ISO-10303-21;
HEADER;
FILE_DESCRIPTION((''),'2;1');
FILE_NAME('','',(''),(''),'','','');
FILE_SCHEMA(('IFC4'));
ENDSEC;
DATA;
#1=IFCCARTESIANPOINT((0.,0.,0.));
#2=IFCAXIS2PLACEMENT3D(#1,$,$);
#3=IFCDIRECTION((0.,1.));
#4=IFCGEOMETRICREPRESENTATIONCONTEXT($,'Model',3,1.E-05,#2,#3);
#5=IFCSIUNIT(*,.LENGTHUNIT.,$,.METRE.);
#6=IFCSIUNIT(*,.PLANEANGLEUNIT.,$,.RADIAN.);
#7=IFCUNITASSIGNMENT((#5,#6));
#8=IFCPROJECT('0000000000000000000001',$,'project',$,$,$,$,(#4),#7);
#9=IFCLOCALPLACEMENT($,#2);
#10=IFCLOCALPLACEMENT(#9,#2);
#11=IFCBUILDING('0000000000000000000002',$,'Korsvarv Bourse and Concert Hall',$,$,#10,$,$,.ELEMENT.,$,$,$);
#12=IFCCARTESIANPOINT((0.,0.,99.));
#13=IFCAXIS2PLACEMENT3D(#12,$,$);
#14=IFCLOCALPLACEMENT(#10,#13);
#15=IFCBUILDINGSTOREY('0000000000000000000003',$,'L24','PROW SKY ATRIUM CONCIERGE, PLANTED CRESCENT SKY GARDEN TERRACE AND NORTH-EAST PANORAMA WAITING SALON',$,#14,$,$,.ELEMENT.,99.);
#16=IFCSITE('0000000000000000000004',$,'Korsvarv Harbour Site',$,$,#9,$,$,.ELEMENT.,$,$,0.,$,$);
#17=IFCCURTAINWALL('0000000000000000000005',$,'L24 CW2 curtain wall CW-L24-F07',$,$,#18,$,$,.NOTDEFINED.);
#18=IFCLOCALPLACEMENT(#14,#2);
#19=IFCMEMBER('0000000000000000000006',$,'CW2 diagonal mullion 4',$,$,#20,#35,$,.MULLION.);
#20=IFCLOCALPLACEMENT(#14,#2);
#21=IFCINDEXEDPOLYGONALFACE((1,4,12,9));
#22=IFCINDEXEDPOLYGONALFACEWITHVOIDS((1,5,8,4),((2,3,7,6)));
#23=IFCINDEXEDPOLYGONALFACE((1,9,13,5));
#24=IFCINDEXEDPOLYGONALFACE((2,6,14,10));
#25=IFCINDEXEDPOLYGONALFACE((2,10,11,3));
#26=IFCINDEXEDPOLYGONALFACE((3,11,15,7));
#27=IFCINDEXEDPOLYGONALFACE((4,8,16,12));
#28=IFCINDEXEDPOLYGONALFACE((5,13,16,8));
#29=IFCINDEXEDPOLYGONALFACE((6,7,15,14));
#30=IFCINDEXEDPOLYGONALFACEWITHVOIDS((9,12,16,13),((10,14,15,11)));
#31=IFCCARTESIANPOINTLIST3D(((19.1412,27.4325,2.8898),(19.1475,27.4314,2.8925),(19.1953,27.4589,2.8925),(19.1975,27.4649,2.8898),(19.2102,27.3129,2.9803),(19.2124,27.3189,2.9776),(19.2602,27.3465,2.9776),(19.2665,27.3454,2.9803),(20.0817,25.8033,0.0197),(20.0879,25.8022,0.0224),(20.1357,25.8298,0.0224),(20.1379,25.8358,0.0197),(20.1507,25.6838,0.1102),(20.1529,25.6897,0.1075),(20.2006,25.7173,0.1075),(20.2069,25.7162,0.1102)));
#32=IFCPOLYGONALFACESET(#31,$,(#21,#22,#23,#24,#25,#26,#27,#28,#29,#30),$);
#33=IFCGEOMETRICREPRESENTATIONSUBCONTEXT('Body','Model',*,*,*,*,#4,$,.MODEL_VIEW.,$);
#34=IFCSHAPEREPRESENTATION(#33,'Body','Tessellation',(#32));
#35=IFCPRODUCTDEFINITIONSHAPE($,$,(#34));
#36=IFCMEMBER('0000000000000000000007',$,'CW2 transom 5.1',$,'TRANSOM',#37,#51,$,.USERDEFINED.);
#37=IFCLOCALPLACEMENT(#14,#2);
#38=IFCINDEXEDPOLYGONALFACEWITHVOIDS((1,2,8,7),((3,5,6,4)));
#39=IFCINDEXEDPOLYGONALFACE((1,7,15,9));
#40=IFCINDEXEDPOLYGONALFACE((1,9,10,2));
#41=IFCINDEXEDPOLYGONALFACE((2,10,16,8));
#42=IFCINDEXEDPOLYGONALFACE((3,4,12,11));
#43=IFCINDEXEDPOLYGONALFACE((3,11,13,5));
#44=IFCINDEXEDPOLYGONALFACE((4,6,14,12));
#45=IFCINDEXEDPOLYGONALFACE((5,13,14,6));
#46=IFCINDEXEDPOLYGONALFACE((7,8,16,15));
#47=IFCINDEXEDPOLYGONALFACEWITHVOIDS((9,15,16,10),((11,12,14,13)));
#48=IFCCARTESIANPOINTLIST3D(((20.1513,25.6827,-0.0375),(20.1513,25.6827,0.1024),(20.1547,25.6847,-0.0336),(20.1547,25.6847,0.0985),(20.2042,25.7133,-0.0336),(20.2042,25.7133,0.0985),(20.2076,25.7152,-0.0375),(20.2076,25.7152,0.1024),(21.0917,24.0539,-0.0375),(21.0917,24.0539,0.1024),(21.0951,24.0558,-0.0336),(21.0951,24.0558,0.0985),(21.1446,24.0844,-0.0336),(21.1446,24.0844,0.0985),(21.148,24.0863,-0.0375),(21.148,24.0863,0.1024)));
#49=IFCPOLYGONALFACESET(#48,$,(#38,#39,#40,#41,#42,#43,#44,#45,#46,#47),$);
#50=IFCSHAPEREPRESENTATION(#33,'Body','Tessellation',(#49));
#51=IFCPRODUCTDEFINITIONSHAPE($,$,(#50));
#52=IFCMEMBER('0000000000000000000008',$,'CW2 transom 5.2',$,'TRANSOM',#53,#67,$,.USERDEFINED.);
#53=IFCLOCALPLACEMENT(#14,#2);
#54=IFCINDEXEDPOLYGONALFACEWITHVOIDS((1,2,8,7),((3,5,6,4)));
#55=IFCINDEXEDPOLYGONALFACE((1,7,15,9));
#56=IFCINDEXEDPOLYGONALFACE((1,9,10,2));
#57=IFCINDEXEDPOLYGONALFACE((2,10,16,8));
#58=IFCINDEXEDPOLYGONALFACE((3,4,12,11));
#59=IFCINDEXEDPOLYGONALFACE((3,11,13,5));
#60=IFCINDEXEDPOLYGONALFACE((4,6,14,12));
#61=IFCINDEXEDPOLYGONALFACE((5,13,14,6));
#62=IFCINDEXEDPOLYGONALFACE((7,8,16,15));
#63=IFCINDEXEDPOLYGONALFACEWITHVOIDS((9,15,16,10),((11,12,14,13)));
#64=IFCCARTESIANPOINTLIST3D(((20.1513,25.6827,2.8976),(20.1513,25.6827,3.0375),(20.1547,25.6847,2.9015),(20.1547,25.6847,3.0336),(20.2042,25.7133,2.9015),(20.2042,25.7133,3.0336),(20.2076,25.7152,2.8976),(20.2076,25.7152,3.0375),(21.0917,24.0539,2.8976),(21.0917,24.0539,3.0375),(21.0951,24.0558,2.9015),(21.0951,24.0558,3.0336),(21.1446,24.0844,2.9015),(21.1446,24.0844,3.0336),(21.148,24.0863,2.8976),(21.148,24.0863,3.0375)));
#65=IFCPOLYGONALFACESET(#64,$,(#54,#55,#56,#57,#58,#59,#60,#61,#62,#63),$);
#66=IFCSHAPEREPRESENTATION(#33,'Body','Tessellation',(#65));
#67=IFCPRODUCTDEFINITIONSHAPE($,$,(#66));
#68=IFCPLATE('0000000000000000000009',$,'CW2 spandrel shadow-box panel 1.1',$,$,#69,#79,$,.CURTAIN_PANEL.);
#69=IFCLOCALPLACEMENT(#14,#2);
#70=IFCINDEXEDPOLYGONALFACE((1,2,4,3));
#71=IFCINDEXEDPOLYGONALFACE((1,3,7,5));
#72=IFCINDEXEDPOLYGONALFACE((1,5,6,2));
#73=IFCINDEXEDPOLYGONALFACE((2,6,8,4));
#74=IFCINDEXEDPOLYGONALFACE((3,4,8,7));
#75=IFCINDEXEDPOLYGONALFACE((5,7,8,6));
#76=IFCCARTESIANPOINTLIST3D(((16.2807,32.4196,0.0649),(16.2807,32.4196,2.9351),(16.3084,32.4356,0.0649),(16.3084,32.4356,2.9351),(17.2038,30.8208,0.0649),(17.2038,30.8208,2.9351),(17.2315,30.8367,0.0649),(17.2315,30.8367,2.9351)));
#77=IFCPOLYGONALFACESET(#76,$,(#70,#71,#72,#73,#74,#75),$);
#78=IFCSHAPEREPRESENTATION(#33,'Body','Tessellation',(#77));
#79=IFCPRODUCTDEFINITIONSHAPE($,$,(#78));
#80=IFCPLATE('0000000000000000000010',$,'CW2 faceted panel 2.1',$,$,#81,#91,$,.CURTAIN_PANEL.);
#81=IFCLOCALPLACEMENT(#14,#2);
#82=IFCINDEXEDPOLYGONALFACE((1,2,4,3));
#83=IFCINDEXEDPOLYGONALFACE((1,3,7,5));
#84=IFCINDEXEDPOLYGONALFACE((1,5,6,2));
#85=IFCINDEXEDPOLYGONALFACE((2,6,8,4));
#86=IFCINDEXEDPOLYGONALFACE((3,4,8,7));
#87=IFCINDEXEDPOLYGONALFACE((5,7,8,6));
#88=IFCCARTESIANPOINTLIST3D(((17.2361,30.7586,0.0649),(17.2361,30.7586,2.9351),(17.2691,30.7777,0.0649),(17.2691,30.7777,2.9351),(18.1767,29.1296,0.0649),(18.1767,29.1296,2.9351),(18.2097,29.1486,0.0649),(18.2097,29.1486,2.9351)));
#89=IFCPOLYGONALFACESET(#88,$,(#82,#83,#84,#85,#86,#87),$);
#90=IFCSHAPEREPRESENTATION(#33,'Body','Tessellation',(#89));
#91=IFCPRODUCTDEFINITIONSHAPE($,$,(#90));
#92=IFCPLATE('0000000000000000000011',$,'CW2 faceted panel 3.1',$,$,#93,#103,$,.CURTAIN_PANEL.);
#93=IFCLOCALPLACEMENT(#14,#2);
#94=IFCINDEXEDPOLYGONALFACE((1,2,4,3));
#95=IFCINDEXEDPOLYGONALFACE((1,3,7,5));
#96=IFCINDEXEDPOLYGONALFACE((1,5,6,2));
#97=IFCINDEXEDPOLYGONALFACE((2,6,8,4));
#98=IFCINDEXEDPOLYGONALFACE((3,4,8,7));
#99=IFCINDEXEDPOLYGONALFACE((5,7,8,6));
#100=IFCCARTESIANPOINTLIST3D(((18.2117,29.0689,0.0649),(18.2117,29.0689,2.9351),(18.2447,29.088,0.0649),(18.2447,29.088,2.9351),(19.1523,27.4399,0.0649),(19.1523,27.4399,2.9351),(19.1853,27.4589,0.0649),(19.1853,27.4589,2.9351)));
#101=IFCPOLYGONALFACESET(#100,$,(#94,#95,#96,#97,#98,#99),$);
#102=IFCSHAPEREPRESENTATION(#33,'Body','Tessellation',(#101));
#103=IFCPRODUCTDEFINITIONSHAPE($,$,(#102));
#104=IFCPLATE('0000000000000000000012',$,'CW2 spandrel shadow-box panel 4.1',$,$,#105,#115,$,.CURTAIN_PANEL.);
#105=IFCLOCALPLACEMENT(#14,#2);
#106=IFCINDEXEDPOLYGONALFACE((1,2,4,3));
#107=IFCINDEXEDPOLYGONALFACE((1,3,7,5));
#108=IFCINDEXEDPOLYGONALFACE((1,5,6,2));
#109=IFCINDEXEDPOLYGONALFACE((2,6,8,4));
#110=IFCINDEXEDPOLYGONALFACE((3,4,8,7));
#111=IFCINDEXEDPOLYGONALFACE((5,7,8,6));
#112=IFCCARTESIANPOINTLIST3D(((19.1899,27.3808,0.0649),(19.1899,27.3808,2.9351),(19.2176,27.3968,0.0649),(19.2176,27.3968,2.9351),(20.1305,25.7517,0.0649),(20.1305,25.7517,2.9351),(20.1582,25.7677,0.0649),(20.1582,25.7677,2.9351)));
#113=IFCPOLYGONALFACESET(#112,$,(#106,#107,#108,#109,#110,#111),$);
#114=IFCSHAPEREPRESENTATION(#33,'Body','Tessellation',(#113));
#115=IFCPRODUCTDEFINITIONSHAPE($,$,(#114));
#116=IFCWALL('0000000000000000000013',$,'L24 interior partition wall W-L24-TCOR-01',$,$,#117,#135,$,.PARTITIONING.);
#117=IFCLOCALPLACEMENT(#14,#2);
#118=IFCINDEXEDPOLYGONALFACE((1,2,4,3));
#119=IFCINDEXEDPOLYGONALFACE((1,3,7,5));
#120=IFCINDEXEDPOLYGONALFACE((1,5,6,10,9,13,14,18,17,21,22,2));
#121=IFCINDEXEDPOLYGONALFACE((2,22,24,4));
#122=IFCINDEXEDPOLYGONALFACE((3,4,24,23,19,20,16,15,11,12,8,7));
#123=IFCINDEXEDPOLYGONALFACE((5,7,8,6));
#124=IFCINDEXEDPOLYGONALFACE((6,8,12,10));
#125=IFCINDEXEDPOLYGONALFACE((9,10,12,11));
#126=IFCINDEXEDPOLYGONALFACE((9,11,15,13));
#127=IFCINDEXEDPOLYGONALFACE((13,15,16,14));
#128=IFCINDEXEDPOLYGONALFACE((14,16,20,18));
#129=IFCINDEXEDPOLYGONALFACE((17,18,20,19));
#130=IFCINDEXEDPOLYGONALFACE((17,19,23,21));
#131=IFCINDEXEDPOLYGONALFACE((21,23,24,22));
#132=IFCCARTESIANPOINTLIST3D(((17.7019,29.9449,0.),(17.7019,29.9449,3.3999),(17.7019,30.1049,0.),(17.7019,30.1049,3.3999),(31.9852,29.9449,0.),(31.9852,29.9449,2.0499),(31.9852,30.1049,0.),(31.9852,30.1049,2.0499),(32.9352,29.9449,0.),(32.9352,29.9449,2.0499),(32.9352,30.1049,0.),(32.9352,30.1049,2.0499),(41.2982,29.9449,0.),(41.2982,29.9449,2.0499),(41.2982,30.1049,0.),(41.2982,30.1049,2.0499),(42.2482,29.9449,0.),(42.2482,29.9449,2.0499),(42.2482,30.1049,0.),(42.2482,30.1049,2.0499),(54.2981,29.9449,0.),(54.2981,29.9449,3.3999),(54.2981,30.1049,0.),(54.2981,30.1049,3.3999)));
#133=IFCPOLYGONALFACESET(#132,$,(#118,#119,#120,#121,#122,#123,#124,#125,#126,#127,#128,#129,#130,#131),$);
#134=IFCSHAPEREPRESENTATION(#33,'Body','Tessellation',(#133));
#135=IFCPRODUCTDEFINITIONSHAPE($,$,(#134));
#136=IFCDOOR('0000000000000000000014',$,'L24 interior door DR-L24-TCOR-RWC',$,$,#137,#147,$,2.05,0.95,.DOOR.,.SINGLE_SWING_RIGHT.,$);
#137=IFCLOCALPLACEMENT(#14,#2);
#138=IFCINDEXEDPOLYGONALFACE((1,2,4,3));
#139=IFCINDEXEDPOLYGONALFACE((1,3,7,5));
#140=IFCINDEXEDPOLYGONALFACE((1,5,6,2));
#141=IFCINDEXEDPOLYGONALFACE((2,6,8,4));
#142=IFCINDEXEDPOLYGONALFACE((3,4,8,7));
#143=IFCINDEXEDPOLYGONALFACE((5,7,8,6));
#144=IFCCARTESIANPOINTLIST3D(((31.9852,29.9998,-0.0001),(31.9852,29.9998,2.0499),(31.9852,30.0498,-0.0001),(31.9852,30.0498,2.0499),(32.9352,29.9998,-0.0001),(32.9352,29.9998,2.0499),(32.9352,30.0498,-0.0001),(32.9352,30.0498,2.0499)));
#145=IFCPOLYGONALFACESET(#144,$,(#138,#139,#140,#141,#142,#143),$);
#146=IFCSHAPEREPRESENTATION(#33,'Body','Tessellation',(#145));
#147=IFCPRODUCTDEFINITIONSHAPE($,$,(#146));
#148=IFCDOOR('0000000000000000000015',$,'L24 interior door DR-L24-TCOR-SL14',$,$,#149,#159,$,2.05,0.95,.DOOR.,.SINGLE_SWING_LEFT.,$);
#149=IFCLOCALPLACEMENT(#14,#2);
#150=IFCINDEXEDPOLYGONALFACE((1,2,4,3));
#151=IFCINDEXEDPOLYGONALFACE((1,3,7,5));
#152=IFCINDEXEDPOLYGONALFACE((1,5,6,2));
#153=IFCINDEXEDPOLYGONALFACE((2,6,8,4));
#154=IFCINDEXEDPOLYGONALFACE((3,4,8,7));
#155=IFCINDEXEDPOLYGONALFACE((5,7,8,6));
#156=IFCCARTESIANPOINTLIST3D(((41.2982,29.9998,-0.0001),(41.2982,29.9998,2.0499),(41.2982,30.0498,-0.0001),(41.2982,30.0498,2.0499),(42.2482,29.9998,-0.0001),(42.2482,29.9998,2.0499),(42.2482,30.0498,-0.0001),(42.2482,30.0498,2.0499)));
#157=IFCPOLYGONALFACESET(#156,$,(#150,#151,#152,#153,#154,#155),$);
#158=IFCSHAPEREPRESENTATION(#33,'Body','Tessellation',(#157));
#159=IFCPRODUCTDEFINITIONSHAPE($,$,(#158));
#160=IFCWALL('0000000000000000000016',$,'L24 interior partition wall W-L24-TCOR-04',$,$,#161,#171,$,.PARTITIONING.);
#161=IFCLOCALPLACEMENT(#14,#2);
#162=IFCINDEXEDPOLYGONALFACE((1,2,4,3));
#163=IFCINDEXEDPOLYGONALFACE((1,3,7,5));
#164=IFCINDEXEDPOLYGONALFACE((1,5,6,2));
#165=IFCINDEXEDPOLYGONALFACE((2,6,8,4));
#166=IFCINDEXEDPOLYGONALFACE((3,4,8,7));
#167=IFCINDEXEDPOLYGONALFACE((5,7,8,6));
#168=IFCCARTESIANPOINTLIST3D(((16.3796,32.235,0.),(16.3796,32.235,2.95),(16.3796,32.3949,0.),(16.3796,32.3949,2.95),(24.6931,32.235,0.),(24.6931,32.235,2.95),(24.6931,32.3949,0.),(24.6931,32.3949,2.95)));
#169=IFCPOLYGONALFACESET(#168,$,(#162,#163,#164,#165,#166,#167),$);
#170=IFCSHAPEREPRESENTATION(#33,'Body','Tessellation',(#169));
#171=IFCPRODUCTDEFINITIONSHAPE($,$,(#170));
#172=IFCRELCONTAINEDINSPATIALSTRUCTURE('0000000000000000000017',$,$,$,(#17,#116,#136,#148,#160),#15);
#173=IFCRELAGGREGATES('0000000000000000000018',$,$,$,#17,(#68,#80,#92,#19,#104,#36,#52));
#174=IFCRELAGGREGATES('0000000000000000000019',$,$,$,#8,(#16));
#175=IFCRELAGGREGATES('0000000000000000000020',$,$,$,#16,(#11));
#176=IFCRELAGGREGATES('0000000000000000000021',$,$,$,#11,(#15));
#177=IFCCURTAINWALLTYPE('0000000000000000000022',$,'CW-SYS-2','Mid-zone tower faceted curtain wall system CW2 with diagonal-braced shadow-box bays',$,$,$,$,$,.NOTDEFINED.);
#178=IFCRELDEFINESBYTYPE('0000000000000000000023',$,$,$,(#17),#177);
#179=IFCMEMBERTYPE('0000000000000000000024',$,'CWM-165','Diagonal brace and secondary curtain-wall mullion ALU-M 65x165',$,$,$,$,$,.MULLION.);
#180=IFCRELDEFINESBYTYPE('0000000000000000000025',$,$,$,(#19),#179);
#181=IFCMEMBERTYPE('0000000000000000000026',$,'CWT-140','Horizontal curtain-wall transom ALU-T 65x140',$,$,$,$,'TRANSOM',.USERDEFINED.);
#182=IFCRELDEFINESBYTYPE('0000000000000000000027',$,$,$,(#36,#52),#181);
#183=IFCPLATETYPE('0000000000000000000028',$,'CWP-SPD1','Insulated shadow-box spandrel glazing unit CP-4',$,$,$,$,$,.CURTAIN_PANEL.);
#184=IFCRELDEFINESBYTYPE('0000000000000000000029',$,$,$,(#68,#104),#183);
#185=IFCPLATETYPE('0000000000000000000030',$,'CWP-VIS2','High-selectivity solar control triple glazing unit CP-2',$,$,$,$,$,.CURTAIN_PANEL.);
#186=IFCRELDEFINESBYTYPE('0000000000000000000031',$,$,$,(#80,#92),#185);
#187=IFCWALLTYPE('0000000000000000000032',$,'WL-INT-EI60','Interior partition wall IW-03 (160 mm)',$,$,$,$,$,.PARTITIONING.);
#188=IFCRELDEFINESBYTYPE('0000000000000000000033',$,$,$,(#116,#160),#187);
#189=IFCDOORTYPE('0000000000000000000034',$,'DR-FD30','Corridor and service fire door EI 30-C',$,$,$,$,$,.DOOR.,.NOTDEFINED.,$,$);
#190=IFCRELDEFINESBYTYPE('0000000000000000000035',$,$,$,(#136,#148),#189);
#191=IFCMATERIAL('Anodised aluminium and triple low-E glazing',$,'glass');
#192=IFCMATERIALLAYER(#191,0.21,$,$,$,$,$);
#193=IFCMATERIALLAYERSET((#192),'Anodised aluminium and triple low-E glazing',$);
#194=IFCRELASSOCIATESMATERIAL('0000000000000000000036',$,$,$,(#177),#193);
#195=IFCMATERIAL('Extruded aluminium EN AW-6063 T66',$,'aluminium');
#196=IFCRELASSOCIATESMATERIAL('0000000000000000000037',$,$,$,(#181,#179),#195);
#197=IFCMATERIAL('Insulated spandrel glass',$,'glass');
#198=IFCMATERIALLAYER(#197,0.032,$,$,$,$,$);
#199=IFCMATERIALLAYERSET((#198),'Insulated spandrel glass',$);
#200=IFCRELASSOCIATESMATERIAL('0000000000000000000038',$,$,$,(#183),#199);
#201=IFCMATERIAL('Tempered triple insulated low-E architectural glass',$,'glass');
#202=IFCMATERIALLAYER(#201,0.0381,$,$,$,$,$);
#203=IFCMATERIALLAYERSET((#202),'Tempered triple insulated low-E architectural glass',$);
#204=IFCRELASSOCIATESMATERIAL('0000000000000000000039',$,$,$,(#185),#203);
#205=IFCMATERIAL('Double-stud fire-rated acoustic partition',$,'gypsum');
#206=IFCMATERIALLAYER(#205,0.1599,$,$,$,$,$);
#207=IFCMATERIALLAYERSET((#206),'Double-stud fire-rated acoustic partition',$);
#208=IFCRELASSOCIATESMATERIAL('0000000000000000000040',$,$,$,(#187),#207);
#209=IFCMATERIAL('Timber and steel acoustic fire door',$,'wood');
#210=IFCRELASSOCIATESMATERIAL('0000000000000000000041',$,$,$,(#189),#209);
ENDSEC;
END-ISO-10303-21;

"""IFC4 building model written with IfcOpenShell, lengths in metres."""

from ifc_helpers import new_model, si_unit, direction, frame, frame_2d, origin, origin_2d, place, context, subcontext, project, spatial, rectangle, hollow_rectangle, extrude, source, transform, mapped, material, layer, layer_set, material_profile, profile_set, type_object, element, fill, aggregate, save


model = new_model("IFC4")

# Units and contexts
model_context = context("Model", 3, precision=1e-05, world=origin(), true_north=direction((0.0, 1.0)))
body_context = subcontext(model_context, "Body", "Model", "MODEL_VIEW")
ifc_project = project(units=[si_unit("LENGTHUNIT", "METRE"), si_unit("PLANEANGLEUNIT", "RADIAN")], contexts=[model_context])

# Site, building, storey
site_placement = place(None, origin())
site = spatial("IfcSite", under=ifc_project, at=site_placement, Name="Korsvarv Harbour Site", CompositionType="ELEMENT", RefElevation=0.0)
building_placement = place(site_placement, origin())
building = spatial("IfcBuilding", under=site, at=building_placement, Name="Korsvarv Bourse and Concert Hall", CompositionType="ELEMENT")
storey_placement = place(building_placement, frame((0.0, 0.0, 99.0)))
storey = spatial("IfcBuildingStorey", under=building, at=storey_placement, Name="L24", Description="PROW SKY ATRIUM CONCIERGE, PLANTED CRESCENT SKY GARDEN TERRACE AND NORTH-EAST PANORAMA WAITING SALON", CompositionType="ELEMENT", Elevation=99.0)

# Curtain wall, members, plates
ifc_material_1 = material(Name="Anodised aluminium and triple low-E glazing", Category="glass")
ifc_layer_1 = layer(ifc_material_1, 0.21)
ifc_layer_set_1 = layer_set([ifc_layer_1], Name="Anodised aluminium and triple low-E glazing")
curtain_wall_type = type_object("IfcCurtainWallType", Name="CW-SYS-2", Description="Mid-zone tower faceted curtain wall system CW2 with diagonal-braced shadow-box bays", PredefinedType="NOTDEFINED", material=ifc_layer_set_1)
curtain_wall_placement = place(storey_placement, origin())
curtain_wall = element("IfcCurtainWall", 1, at=curtain_wall_placement, inside=storey, type_object=curtain_wall_type, Name="L24 CW2 curtain wall CW-L24-F07", PredefinedType="NOTDEFINED")
ifc_material_2 = material(Name="Extruded aluminium EN AW-6063 T66", Category="aluminium")
ifc_material_profile_1 = material_profile(ifc_material_2, hollow_rectangle(XDim=0.0649, YDim=0.1399, WallThickness=0.0039, at=origin_2d()), Name="ALU-T 65x140")
ifc_profile_set_1 = profile_set([ifc_material_profile_1], Name="Extruded aluminium EN AW-6063 T66")
member_type_1 = type_object("IfcMemberType", Name="CWT-140", Description="Horizontal curtain-wall transom ALU-T 65x140", ElementType="TRANSOM", PredefinedType="USERDEFINED", material=ifc_profile_set_1)
ifc_material_profile_2 = material_profile(ifc_material_2, hollow_rectangle(XDim=0.0649, YDim=0.165, WallThickness=0.0049, at=origin_2d()), Name="ALU-M 65x165")
ifc_profile_set_2 = profile_set([ifc_material_profile_2], Name="Extruded aluminium EN AW-6063 T66")
member_type_2 = type_object("IfcMemberType", Name="CWM-165", Description="Diagonal brace and secondary curtain-wall mullion ALU-M 65x165", PredefinedType="MULLION", material=ifc_profile_set_2)
shared_shape_1 = source(origin(), body_context, "Body", "SweptSolid", [
    extrude(hollow_rectangle(XDim=0.0649, YDim=0.165, WallThickness=0.0049, at=origin_2d()), origin(), (0.0, 0.0, 1.0), 3.4316),
])
member_1_placement = place(storey_placement, frame((20.1443, 25.7598, 0.0649), z_axis=(-0.274047, 0.474745, 0.83637), x_axis=(-0.866062, -0.499936, 0.0)))
member_1 = element("IfcMember", 2, at=member_1_placement, type_object=member_type_2, Name="CW2 diagonal mullion 4", PredefinedType="MULLION", context=body_context, shape_type="MappedRepresentation", body=[
    mapped(shared_shape_1, transform((0.0, 0.0, 0.0), scale=1.0)),
])
shared_shape_2 = source(origin(), body_context, "Body", "SweptSolid", [
    extrude(hollow_rectangle(XDim=0.0649, YDim=0.1399, WallThickness=0.0039, at=origin_2d()), origin(), (0.0, 0.0, 1.0), 1.8809),
])
member_2_placement = place(storey_placement, frame((20.1794, 25.699, 0.0325), z_axis=(0.499992, -0.86603, 0.0), x_axis=(0.86603, 0.499992, 0.0)))
member_2 = element("IfcMember", 3, at=member_2_placement, type_object=member_type_1, Name="CW2 transom 5.1", ObjectType="TRANSOM", PredefinedType="USERDEFINED", context=body_context, shape_type="MappedRepresentation", body=[
    mapped(shared_shape_2, transform((0.0, 0.0, 0.0), scale=1.0)),
])
member_3_placement = place(storey_placement, frame((20.1794, 25.699, 2.9675), z_axis=(0.499992, -0.86603, 0.0), x_axis=(0.86603, 0.499992, 0.0)))
member_3 = element("IfcMember", 4, at=member_3_placement, type_object=member_type_1, Name="CW2 transom 5.2", ObjectType="TRANSOM", PredefinedType="USERDEFINED", context=body_context, shape_type="MappedRepresentation", body=[
    mapped(shared_shape_2, transform((0.0, 0.0, 0.0), scale=1.0)),
])
ifc_material_3 = material(Name="Insulated spandrel glass", Category="glass")
ifc_layer_2 = layer(ifc_material_3, 0.032)
ifc_layer_set_2 = layer_set([ifc_layer_2], Name="Insulated spandrel glass")
plate_type_1 = type_object("IfcPlateType", Name="CWP-SPD1", Description="Insulated shadow-box spandrel glazing unit CP-4", PredefinedType="CURTAIN_PANEL", material=ifc_layer_set_2)
shared_shape_3 = source(origin(), body_context, "Body", "SweptSolid", [
    extrude(rectangle(XDim=1.8462, YDim=0.032, at=origin_2d()), origin(), (0.0, 0.0, 1.0), 2.8701),
])
plate_1_placement = place(storey_placement, frame((16.7561, 31.6282, 0.0649), z_axis=(0.0, 0.0, 1.0), x_axis=(0.500002, -0.866024, 0.0)))
plate_1 = element("IfcPlate", 5, at=plate_1_placement, type_object=plate_type_1, Name="CW2 spandrel shadow-box panel 1.1", PredefinedType="CURTAIN_PANEL", context=body_context, shape_type="MappedRepresentation", body=[
    mapped(shared_shape_3, transform((0.0, 0.0, 0.0), scale=1.0)),
])
ifc_material_4 = material(Name="Tempered triple insulated low-E architectural glass", Category="glass")
ifc_layer_3 = layer(ifc_material_4, 0.0381)
ifc_layer_set_3 = layer_set([ifc_layer_3], Name="Tempered triple insulated low-E architectural glass")
plate_type_2 = type_object("IfcPlateType", Name="CWP-VIS2", Description="High-selectivity solar control triple glazing unit CP-2", PredefinedType="CURTAIN_PANEL", material=ifc_layer_set_3)
shared_shape_4 = source(origin(), body_context, "Body", "SweptSolid", [
    extrude(rectangle(XDim=1.8811, YDim=0.0381, at=origin_2d()), origin(), (0.0, 0.0, 1.0), 2.8701),
])
plate_2_placement = place(storey_placement, frame((17.7229, 29.9536, 0.0649), z_axis=(0.0, 0.0, 1.0), x_axis=(0.500002, -0.866024, 0.0)))
plate_2 = element("IfcPlate", 6, at=plate_2_placement, type_object=plate_type_2, Name="CW2 faceted panel 2.1", PredefinedType="CURTAIN_PANEL", context=body_context, shape_type="MappedRepresentation", body=[
    mapped(shared_shape_4, transform((0.0, 0.0, 0.0), scale=1.0)),
])
plate_3_placement = place(storey_placement, frame((18.6985, 28.2639, 0.0649), z_axis=(0.0, 0.0, 1.0), x_axis=(0.500002, -0.866024, 0.0)))
plate_3 = element("IfcPlate", 7, at=plate_3_placement, type_object=plate_type_2, Name="CW2 faceted panel 3.1", PredefinedType="CURTAIN_PANEL", context=body_context, shape_type="MappedRepresentation", body=[
    mapped(shared_shape_4, transform((0.0, 0.0, 0.0), scale=1.0)),
])
shared_shape_5 = source(origin(), body_context, "Body", "SweptSolid", [
    extrude(rectangle(XDim=1.8811, YDim=0.032, at=origin_2d()), origin(), (0.0, 0.0, 1.0), 2.8701),
])
plate_4_placement = place(storey_placement, frame((19.6741, 26.5742, 0.0649), z_axis=(0.0, 0.0, 1.0), x_axis=(0.500002, -0.866024, 0.0)))
plate_4 = element("IfcPlate", 8, at=plate_4_placement, type_object=plate_type_1, Name="CW2 spandrel shadow-box panel 4.1", PredefinedType="CURTAIN_PANEL", context=body_context, shape_type="MappedRepresentation", body=[
    mapped(shared_shape_5, transform((0.0, 0.0, 0.0), scale=1.0)),
])
aggregate(curtain_wall, [plate_1, plate_2, plate_3, member_1, plate_4, member_2, member_3])

# Wall, openings, doors
ifc_material_5 = material(Name="Double-stud fire-rated acoustic partition", Category="gypsum")
ifc_layer_4 = layer(ifc_material_5, 0.1599)
ifc_layer_set_4 = layer_set([ifc_layer_4], Name="Double-stud fire-rated acoustic partition")
wall_type = type_object("IfcWallType", Name="WL-INT-EI60", Description="Interior partition wall IW-03 (160 mm)", PredefinedType="PARTITIONING", material=ifc_layer_set_4)
wall_1_placement = place(storey_placement, frame((17.7019, 30.0249, 0.0), z_axis=(0.0, 0.0, 1.0), x_axis=(1.0, 0.0, 0.0)))
wall_1 = element("IfcWall", 9, at=wall_1_placement, inside=storey, type_object=wall_type, Name="L24 interior partition wall W-L24-TCOR-01", PredefinedType="PARTITIONING", context=body_context, shape_type="SweptSolid", body=[
    extrude(rectangle(XDim=36.5962, YDim=0.1599, at=frame_2d((18.2981, 0.0))), origin(), (0.0, 0.0, 1.0), 3.3999),
])
opening_1_placement = place(wall_1_placement, frame((14.2832, 0.0, 0.0)))
opening_1 = element("IfcOpeningElement", 10, at=opening_1_placement, cuts=wall_1, PredefinedType="OPENING", context=body_context, shape_type="SweptSolid", body=[
    extrude(rectangle(XDim=0.95, YDim=2.05, at=frame_2d((0.4751, 1.0249))), frame((0.0, 0.0898, 0.0), z_axis=(0.0, -1.0, 0.0), x_axis=(1.0, 0.0, 0.0)), (0.0, 0.0, 1.0), 0.1799),
])
opening_2_placement = place(wall_1_placement, frame((23.5962, 0.0, 0.0)))
opening_2 = element("IfcOpeningElement", 11, at=opening_2_placement, cuts=wall_1, PredefinedType="OPENING", context=body_context, shape_type="SweptSolid", body=[
    extrude(rectangle(XDim=0.95, YDim=2.05, at=frame_2d((0.4751, 1.0249))), frame((0.0, 0.0898, 0.0), z_axis=(0.0, -1.0, 0.0), x_axis=(1.0, 0.0, 0.0)), (0.0, 0.0, 1.0), 0.1799),
])
ifc_material_6 = material(Name="Timber and steel acoustic fire door", Category="wood")
door_type = type_object("IfcDoorType", Name="DR-FD30", Description="Corridor and service fire door EI 30-C", OperationType="NOTDEFINED", PredefinedType="DOOR", material=ifc_material_6)
door_1_placement = place(opening_1_placement, origin())
door_1 = element("IfcDoor", 12, at=door_1_placement, inside=storey, type_object=door_type, Name="L24 interior door DR-L24-TCOR-RWC", OperationType="SINGLE_SWING_RIGHT", OverallHeight=2.05, OverallWidth=0.95, PredefinedType="DOOR", context=body_context, shape_type="SweptSolid", body=[
    extrude(rectangle(XDim=0.95, YDim=2.05, at=frame_2d((0.4751, 1.0249))), frame((0.0, 0.0249, 0.0), z_axis=(0.0, -1.0, 0.0), x_axis=(1.0, 0.0, 0.0)), (0.0, 0.0, 1.0), 0.05),
])
fill(opening_1, door_1)
door_2_placement = place(opening_2_placement, origin())
door_2 = element("IfcDoor", 13, at=door_2_placement, inside=storey, type_object=door_type, Name="L24 interior door DR-L24-TCOR-SL14", OperationType="SINGLE_SWING_LEFT", OverallHeight=2.05, OverallWidth=0.95, PredefinedType="DOOR", context=body_context, shape_type="SweptSolid", body=[
    extrude(rectangle(XDim=0.95, YDim=2.05, at=frame_2d((0.4751, 1.0249))), frame((0.0, 0.0249, 0.0), z_axis=(0.0, -1.0, 0.0), x_axis=(1.0, 0.0, 0.0)), (0.0, 0.0, 1.0), 0.05),
])
fill(opening_2, door_2)

# Wall
wall_2_placement = place(storey_placement, frame((16.3796, 32.3149, 0.0), z_axis=(0.0, 0.0, 1.0), x_axis=(1.0, 0.0, 0.0)))
element("IfcWall", 14, at=wall_2_placement, inside=storey, type_object=wall_type, Name="L24 interior partition wall W-L24-TCOR-04", PredefinedType="PARTITIONING", context=body_context, shape_type="SweptSolid", body=[
    extrude(rectangle(XDim=8.3135, YDim=0.1599, at=frame_2d((4.1567, 0.0))), origin(), (0.0, 0.0, 1.0), 2.95),
])

save(model, "model.ifc")
